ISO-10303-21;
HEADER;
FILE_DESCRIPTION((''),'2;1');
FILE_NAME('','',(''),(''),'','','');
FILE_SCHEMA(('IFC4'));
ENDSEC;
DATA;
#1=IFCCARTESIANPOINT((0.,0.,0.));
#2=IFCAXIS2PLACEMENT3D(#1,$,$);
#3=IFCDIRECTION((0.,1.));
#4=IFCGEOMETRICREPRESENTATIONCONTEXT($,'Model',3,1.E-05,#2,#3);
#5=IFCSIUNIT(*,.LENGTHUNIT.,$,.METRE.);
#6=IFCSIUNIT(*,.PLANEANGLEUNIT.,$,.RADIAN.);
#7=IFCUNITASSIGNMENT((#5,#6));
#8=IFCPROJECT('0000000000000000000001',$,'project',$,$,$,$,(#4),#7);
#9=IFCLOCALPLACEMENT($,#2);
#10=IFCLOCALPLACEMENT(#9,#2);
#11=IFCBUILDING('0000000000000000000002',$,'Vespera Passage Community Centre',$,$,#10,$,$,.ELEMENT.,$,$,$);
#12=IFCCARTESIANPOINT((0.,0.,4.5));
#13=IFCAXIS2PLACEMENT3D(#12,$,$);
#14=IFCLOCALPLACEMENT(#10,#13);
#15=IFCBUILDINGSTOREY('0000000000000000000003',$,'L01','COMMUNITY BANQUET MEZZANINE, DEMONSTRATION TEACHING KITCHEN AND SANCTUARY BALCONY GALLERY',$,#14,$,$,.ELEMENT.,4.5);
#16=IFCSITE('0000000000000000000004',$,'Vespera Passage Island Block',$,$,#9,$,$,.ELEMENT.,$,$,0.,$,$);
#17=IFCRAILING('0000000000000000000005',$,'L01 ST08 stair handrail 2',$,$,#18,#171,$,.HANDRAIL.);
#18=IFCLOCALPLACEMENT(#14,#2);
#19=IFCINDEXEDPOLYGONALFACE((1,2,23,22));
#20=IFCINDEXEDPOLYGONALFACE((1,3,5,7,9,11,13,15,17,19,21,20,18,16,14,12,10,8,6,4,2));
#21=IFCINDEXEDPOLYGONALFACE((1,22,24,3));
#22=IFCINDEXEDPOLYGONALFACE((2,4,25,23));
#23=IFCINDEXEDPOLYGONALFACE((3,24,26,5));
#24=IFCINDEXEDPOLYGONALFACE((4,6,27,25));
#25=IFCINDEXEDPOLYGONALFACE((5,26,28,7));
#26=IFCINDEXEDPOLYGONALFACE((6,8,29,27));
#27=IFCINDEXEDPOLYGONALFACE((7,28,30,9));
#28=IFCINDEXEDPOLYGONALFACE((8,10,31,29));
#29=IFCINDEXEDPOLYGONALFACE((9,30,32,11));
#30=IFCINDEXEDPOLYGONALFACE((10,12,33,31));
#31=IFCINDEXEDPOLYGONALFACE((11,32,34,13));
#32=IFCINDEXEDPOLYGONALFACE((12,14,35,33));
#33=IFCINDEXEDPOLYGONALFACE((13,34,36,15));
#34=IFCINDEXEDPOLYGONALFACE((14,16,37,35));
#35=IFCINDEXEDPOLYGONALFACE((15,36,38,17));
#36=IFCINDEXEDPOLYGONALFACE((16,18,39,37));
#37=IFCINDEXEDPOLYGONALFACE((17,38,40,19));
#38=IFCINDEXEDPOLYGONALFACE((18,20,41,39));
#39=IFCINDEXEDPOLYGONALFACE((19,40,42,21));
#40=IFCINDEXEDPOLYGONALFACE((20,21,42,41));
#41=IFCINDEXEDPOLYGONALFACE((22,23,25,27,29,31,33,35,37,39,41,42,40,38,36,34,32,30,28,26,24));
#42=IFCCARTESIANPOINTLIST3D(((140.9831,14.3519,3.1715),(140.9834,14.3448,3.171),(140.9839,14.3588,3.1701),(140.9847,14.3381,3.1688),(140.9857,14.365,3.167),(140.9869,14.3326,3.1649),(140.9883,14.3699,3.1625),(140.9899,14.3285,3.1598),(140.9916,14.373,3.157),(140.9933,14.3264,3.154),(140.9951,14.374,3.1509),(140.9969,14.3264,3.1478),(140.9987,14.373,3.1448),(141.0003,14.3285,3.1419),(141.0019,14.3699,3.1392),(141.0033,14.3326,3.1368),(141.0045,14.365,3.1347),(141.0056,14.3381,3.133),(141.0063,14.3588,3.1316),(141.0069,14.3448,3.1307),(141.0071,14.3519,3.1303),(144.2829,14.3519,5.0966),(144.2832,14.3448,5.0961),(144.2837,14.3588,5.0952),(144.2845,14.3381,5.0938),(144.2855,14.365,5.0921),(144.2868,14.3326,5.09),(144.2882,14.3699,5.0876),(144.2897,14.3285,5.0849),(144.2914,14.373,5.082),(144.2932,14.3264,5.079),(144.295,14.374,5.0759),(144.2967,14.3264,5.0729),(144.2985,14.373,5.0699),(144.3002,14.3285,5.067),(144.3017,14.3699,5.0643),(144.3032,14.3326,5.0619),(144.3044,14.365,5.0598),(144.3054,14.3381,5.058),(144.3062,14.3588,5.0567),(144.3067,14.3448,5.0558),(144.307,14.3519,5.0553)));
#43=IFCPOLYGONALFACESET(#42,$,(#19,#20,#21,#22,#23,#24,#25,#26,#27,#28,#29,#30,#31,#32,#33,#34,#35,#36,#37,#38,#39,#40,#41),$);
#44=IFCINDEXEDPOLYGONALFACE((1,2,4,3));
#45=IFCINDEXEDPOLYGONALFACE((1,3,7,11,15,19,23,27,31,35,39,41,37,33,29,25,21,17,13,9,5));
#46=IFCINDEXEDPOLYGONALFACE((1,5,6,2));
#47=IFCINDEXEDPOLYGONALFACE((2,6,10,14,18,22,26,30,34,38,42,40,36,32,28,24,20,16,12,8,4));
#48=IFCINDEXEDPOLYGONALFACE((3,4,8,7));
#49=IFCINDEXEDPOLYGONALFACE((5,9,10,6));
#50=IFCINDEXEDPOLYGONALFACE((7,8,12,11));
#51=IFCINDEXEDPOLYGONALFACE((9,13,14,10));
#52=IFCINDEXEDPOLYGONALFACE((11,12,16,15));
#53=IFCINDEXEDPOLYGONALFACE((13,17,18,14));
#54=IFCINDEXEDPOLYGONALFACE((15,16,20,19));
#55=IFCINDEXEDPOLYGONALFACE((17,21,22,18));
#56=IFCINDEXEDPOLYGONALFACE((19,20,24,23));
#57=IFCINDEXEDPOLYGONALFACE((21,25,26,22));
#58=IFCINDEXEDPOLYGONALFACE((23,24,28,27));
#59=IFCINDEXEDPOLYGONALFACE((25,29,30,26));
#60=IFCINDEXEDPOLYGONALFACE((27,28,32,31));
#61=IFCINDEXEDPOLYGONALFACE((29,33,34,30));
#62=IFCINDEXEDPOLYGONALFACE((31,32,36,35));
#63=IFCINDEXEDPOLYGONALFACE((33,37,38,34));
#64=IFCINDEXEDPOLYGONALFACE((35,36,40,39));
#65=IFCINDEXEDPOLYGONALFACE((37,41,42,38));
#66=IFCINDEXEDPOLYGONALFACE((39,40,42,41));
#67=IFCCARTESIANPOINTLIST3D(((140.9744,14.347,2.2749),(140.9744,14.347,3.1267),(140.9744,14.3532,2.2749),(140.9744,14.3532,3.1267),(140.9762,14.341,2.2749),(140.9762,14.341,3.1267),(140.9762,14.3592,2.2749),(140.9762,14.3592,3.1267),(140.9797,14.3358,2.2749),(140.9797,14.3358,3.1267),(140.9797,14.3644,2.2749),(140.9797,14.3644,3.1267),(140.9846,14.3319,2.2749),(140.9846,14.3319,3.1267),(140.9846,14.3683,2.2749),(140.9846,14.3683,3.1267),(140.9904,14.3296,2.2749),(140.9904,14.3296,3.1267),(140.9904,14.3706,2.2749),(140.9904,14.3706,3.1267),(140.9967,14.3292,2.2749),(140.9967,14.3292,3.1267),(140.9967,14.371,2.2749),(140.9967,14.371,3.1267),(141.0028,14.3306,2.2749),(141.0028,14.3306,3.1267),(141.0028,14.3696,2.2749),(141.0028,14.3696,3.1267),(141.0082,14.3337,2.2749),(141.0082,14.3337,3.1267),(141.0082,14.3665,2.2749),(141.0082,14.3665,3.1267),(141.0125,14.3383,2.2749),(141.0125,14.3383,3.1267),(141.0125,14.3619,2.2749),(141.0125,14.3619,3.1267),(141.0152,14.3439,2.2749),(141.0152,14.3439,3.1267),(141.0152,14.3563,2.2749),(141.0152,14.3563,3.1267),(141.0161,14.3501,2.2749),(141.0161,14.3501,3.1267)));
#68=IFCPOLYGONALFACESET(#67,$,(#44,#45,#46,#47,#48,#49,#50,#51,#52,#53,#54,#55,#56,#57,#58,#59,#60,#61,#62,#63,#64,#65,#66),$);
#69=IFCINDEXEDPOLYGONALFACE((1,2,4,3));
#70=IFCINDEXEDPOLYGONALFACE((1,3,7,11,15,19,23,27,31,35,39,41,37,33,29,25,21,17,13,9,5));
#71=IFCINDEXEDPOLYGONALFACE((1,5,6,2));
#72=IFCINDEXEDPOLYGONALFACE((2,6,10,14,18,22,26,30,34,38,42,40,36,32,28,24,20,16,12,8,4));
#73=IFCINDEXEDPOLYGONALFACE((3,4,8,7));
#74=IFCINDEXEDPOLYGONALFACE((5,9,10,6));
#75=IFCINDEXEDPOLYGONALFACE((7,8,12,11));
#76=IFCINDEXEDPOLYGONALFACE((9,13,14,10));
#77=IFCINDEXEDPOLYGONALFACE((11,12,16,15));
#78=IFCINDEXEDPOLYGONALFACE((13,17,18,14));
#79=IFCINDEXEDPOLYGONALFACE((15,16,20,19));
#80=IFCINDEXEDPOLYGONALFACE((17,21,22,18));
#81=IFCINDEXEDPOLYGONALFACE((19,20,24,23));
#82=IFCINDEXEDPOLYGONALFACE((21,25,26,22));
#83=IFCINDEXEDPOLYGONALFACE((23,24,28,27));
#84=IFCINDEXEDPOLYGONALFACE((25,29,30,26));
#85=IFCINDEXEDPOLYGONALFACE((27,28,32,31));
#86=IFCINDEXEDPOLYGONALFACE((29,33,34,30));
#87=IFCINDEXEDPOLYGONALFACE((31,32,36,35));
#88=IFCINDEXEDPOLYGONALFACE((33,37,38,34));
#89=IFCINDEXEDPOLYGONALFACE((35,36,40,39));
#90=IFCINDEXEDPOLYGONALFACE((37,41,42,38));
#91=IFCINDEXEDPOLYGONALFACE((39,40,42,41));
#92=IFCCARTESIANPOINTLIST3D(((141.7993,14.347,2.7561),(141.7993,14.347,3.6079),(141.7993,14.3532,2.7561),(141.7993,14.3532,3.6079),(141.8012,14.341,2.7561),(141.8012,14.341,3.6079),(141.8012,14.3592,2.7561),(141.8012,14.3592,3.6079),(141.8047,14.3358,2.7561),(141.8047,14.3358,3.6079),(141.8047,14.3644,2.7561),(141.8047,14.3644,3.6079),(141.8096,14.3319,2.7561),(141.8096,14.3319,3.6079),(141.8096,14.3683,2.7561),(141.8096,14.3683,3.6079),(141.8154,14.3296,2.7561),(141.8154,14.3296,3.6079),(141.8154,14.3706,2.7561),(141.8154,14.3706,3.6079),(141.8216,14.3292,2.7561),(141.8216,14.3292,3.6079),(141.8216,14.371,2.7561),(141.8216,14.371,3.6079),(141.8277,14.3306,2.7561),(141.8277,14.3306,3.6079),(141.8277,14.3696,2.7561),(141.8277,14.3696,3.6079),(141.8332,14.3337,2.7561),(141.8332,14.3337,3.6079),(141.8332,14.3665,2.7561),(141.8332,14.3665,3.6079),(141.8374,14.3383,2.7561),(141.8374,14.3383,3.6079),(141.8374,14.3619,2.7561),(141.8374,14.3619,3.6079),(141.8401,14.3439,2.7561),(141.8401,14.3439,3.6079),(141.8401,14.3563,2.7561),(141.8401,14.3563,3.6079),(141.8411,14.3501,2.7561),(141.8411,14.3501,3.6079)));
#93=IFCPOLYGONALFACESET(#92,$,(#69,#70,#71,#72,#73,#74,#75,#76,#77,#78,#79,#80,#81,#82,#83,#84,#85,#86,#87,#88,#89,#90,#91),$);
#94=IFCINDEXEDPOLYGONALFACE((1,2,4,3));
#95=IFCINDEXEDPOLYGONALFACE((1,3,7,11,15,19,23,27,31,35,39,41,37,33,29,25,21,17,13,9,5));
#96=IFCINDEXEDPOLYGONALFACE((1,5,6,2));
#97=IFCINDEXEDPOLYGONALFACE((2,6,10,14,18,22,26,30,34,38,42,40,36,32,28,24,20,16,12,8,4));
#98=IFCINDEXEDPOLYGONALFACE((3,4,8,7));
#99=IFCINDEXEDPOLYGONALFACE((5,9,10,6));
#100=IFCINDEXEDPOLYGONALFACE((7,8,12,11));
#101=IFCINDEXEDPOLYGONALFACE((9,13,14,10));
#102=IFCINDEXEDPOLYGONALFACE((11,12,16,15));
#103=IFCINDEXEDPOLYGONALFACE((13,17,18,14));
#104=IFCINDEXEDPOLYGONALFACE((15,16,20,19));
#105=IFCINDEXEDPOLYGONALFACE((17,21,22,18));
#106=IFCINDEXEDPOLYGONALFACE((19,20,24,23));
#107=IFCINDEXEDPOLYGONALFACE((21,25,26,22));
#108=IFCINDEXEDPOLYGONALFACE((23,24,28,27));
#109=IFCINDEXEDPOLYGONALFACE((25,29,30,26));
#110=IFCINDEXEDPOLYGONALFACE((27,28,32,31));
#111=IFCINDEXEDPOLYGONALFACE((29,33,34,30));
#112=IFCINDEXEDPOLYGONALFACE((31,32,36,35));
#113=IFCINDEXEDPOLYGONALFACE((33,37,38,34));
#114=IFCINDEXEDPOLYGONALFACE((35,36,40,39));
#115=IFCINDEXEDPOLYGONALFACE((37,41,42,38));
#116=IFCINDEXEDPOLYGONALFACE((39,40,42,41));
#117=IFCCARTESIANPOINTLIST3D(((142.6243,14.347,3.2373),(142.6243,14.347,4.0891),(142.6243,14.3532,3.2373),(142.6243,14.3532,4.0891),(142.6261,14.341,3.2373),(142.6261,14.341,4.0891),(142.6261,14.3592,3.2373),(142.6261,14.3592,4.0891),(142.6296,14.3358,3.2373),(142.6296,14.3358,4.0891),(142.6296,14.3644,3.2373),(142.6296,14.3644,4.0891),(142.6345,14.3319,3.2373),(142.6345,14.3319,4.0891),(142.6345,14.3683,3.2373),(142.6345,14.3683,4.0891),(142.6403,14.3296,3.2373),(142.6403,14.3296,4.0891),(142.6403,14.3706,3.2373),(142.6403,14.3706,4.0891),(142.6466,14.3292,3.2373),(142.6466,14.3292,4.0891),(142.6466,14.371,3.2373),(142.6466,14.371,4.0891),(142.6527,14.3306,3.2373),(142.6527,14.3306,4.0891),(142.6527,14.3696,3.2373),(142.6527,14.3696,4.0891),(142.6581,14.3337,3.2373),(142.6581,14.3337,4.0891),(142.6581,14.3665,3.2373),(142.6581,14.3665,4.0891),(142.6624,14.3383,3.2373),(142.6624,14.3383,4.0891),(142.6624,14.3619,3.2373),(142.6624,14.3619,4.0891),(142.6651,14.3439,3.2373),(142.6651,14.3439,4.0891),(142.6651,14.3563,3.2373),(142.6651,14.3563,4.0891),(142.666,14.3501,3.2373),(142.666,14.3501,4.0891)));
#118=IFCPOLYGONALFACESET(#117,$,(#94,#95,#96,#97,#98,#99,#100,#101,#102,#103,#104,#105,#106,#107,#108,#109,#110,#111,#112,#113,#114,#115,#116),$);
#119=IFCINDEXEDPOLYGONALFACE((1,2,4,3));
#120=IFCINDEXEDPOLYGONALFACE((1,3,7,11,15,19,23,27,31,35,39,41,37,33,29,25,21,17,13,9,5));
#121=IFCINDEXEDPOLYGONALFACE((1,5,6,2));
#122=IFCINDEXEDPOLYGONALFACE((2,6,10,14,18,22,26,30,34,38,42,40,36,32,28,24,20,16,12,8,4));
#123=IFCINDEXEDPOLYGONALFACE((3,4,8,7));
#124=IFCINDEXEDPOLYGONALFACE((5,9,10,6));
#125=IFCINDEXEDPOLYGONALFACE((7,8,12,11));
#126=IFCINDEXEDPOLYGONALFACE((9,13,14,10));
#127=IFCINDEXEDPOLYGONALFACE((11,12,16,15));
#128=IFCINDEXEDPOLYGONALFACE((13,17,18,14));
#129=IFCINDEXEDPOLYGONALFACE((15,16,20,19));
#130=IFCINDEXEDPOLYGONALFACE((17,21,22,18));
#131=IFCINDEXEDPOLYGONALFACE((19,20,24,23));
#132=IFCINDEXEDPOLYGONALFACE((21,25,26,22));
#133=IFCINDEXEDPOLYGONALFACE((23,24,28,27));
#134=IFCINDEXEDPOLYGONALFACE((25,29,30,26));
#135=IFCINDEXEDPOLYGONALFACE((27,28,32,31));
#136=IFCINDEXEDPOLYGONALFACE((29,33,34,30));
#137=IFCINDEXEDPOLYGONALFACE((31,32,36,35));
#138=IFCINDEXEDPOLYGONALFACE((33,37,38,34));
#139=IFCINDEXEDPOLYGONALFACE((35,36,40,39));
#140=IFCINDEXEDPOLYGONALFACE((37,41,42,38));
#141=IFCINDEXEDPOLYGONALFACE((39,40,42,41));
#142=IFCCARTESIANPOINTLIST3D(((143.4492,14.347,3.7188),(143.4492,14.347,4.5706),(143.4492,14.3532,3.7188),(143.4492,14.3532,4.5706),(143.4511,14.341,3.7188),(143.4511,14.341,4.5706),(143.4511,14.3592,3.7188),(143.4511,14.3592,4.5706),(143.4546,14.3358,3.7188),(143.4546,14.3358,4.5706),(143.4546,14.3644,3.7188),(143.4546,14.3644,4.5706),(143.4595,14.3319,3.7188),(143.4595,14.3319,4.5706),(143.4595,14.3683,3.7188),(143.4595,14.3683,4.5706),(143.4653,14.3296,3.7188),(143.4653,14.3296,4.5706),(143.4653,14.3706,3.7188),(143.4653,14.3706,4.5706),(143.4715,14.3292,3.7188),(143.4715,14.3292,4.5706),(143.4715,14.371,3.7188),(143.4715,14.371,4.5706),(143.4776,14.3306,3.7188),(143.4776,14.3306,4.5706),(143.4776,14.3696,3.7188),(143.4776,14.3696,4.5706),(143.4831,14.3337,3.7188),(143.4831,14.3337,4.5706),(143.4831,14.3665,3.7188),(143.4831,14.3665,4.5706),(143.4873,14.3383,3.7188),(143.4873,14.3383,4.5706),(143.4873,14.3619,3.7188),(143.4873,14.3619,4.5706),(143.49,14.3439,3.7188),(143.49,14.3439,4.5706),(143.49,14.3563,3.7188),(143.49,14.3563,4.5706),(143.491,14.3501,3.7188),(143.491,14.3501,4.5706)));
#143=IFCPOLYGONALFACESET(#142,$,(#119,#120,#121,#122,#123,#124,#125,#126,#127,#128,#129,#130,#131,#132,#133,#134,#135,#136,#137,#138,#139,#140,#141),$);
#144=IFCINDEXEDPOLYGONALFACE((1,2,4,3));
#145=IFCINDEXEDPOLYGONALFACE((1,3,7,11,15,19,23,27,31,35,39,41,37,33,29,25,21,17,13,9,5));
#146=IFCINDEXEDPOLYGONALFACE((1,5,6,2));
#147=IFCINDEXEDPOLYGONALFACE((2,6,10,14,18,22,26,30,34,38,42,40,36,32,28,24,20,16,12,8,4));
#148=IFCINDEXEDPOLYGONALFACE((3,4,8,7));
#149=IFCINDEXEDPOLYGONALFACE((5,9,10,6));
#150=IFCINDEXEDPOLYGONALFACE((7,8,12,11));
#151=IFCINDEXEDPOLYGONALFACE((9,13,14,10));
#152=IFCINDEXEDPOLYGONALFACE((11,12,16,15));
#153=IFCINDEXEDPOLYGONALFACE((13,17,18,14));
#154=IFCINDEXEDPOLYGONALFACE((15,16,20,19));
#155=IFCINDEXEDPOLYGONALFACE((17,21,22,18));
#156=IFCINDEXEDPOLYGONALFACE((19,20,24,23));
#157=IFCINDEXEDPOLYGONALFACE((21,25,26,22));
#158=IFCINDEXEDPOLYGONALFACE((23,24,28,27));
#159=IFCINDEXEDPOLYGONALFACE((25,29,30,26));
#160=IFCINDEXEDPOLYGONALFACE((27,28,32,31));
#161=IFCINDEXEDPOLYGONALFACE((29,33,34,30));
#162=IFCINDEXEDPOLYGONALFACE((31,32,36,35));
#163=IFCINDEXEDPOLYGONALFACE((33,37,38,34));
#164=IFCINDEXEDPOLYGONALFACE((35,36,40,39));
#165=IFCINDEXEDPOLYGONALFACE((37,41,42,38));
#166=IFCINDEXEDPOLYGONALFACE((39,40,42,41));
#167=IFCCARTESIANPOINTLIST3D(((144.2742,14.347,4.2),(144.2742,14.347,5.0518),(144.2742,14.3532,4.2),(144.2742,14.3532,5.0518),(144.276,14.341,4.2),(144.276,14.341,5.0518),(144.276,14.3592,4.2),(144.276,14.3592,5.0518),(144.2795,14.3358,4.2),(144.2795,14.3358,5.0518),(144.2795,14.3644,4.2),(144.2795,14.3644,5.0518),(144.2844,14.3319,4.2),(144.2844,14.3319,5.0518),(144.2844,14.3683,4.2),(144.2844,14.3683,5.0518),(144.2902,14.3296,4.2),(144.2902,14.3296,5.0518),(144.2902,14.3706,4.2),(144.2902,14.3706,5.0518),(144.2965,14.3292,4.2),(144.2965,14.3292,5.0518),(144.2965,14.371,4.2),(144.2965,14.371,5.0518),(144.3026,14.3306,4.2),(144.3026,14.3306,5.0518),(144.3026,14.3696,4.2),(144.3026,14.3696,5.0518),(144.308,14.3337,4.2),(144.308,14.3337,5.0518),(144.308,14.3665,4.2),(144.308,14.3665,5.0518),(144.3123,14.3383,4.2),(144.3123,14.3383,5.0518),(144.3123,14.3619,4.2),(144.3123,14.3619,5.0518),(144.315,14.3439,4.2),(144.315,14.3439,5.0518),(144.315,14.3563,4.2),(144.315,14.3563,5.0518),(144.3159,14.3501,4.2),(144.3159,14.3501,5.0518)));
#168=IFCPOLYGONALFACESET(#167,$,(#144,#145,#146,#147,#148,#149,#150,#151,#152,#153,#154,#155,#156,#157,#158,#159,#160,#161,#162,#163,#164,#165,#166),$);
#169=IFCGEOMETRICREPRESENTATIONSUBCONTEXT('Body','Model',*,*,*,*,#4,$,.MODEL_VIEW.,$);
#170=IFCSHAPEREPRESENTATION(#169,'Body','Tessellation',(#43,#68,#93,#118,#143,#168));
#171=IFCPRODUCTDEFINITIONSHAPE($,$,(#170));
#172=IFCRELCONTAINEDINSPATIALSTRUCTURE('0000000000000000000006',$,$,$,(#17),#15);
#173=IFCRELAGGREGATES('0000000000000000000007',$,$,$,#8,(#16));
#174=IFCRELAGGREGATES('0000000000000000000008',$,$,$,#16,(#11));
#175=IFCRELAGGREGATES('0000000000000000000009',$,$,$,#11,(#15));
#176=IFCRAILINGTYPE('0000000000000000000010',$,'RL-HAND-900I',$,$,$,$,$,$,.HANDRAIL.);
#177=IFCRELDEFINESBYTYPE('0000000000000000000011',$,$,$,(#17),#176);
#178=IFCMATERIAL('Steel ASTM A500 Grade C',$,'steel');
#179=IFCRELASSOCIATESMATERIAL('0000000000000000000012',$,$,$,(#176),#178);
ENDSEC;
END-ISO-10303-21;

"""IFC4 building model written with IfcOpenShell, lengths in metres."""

from ifc_helpers import new_model, si_unit, direction, frame, origin, origin_2d, place, context, subcontext, project, spatial, circle, extrude, material, type_object, element, save


model = new_model("IFC4")

# Units and contexts
model_context = context("Model", 3, precision=1e-05, world=origin(), true_north=direction((0.0, 1.0)))
body_context = subcontext(model_context, "Body", "Model", "MODEL_VIEW")
ifc_project = project(units=[si_unit("LENGTHUNIT", "METRE"), si_unit("PLANEANGLEUNIT", "RADIAN")], contexts=[model_context])

# Site, building, storey
site_placement = place(None, origin())
site = spatial("IfcSite", under=ifc_project, at=site_placement, Name="Vespera Passage Island Block", CompositionType="ELEMENT", RefElevation=0.0)
building_placement = place(site_placement, origin())
building = spatial("IfcBuilding", under=site, at=building_placement, Name="Vespera Passage Community Centre", CompositionType="ELEMENT")
storey_placement = place(building_placement, frame((0.0, 0.0, 4.5)))
storey = spatial("IfcBuildingStorey", under=building, at=storey_placement, Name="L01", Description="COMMUNITY BANQUET MEZZANINE, DEMONSTRATION TEACHING KITCHEN AND SANCTUARY BALCONY GALLERY", CompositionType="ELEMENT", Elevation=4.5)

# Railing
ifc_material_1 = material(Name="Steel ASTM A500 Grade C", Category="steel")
railing_type_1 = type_object("IfcRailingType", Name="RL-HAND-900I", PredefinedType="HANDRAIL", material=ifc_material_1)
railing_1_placement = place(storey_placement, frame((140.9951, 14.3501, 2.2749)))
element("IfcRailing", 1, at=railing_1_placement, inside=storey, type_object=railing_type_1, Name="L01 ST08 stair handrail 2", PredefinedType="HANDRAIL", context=body_context, shape_type="SweptSolid", body=[
    extrude(circle(Radius=0.0239, at=origin_2d()), frame((0.0, 0.0, 0.876), z_axis=(0.86376, 0.0, 0.503903), x_axis=(0.0, 1.0, 0.0)), (0.0, 0.0, 1.0), 3.8203),
    extrude(circle(Radius=0.021, at=origin_2d()), origin(), (0.0, 0.0, 1.0), 0.8518),
    extrude(circle(Radius=0.021, at=origin_2d()), frame((0.825, 0.0, 0.4812)), (0.0, 0.0, 1.0), 0.8518),
    extrude(circle(Radius=0.021, at=origin_2d()), frame((1.6499, 0.0, 0.9624)), (0.0, 0.0, 1.0), 0.8518),
    extrude(circle(Radius=0.021, at=origin_2d()), frame((2.4749, 0.0, 1.4438)), (0.0, 0.0, 1.0), 0.8518),
    extrude(circle(Radius=0.021, at=origin_2d()), frame((3.2998, 0.0, 1.925)), (0.0, 0.0, 1.0), 0.8518),
])

save(model, "model.ifc")
